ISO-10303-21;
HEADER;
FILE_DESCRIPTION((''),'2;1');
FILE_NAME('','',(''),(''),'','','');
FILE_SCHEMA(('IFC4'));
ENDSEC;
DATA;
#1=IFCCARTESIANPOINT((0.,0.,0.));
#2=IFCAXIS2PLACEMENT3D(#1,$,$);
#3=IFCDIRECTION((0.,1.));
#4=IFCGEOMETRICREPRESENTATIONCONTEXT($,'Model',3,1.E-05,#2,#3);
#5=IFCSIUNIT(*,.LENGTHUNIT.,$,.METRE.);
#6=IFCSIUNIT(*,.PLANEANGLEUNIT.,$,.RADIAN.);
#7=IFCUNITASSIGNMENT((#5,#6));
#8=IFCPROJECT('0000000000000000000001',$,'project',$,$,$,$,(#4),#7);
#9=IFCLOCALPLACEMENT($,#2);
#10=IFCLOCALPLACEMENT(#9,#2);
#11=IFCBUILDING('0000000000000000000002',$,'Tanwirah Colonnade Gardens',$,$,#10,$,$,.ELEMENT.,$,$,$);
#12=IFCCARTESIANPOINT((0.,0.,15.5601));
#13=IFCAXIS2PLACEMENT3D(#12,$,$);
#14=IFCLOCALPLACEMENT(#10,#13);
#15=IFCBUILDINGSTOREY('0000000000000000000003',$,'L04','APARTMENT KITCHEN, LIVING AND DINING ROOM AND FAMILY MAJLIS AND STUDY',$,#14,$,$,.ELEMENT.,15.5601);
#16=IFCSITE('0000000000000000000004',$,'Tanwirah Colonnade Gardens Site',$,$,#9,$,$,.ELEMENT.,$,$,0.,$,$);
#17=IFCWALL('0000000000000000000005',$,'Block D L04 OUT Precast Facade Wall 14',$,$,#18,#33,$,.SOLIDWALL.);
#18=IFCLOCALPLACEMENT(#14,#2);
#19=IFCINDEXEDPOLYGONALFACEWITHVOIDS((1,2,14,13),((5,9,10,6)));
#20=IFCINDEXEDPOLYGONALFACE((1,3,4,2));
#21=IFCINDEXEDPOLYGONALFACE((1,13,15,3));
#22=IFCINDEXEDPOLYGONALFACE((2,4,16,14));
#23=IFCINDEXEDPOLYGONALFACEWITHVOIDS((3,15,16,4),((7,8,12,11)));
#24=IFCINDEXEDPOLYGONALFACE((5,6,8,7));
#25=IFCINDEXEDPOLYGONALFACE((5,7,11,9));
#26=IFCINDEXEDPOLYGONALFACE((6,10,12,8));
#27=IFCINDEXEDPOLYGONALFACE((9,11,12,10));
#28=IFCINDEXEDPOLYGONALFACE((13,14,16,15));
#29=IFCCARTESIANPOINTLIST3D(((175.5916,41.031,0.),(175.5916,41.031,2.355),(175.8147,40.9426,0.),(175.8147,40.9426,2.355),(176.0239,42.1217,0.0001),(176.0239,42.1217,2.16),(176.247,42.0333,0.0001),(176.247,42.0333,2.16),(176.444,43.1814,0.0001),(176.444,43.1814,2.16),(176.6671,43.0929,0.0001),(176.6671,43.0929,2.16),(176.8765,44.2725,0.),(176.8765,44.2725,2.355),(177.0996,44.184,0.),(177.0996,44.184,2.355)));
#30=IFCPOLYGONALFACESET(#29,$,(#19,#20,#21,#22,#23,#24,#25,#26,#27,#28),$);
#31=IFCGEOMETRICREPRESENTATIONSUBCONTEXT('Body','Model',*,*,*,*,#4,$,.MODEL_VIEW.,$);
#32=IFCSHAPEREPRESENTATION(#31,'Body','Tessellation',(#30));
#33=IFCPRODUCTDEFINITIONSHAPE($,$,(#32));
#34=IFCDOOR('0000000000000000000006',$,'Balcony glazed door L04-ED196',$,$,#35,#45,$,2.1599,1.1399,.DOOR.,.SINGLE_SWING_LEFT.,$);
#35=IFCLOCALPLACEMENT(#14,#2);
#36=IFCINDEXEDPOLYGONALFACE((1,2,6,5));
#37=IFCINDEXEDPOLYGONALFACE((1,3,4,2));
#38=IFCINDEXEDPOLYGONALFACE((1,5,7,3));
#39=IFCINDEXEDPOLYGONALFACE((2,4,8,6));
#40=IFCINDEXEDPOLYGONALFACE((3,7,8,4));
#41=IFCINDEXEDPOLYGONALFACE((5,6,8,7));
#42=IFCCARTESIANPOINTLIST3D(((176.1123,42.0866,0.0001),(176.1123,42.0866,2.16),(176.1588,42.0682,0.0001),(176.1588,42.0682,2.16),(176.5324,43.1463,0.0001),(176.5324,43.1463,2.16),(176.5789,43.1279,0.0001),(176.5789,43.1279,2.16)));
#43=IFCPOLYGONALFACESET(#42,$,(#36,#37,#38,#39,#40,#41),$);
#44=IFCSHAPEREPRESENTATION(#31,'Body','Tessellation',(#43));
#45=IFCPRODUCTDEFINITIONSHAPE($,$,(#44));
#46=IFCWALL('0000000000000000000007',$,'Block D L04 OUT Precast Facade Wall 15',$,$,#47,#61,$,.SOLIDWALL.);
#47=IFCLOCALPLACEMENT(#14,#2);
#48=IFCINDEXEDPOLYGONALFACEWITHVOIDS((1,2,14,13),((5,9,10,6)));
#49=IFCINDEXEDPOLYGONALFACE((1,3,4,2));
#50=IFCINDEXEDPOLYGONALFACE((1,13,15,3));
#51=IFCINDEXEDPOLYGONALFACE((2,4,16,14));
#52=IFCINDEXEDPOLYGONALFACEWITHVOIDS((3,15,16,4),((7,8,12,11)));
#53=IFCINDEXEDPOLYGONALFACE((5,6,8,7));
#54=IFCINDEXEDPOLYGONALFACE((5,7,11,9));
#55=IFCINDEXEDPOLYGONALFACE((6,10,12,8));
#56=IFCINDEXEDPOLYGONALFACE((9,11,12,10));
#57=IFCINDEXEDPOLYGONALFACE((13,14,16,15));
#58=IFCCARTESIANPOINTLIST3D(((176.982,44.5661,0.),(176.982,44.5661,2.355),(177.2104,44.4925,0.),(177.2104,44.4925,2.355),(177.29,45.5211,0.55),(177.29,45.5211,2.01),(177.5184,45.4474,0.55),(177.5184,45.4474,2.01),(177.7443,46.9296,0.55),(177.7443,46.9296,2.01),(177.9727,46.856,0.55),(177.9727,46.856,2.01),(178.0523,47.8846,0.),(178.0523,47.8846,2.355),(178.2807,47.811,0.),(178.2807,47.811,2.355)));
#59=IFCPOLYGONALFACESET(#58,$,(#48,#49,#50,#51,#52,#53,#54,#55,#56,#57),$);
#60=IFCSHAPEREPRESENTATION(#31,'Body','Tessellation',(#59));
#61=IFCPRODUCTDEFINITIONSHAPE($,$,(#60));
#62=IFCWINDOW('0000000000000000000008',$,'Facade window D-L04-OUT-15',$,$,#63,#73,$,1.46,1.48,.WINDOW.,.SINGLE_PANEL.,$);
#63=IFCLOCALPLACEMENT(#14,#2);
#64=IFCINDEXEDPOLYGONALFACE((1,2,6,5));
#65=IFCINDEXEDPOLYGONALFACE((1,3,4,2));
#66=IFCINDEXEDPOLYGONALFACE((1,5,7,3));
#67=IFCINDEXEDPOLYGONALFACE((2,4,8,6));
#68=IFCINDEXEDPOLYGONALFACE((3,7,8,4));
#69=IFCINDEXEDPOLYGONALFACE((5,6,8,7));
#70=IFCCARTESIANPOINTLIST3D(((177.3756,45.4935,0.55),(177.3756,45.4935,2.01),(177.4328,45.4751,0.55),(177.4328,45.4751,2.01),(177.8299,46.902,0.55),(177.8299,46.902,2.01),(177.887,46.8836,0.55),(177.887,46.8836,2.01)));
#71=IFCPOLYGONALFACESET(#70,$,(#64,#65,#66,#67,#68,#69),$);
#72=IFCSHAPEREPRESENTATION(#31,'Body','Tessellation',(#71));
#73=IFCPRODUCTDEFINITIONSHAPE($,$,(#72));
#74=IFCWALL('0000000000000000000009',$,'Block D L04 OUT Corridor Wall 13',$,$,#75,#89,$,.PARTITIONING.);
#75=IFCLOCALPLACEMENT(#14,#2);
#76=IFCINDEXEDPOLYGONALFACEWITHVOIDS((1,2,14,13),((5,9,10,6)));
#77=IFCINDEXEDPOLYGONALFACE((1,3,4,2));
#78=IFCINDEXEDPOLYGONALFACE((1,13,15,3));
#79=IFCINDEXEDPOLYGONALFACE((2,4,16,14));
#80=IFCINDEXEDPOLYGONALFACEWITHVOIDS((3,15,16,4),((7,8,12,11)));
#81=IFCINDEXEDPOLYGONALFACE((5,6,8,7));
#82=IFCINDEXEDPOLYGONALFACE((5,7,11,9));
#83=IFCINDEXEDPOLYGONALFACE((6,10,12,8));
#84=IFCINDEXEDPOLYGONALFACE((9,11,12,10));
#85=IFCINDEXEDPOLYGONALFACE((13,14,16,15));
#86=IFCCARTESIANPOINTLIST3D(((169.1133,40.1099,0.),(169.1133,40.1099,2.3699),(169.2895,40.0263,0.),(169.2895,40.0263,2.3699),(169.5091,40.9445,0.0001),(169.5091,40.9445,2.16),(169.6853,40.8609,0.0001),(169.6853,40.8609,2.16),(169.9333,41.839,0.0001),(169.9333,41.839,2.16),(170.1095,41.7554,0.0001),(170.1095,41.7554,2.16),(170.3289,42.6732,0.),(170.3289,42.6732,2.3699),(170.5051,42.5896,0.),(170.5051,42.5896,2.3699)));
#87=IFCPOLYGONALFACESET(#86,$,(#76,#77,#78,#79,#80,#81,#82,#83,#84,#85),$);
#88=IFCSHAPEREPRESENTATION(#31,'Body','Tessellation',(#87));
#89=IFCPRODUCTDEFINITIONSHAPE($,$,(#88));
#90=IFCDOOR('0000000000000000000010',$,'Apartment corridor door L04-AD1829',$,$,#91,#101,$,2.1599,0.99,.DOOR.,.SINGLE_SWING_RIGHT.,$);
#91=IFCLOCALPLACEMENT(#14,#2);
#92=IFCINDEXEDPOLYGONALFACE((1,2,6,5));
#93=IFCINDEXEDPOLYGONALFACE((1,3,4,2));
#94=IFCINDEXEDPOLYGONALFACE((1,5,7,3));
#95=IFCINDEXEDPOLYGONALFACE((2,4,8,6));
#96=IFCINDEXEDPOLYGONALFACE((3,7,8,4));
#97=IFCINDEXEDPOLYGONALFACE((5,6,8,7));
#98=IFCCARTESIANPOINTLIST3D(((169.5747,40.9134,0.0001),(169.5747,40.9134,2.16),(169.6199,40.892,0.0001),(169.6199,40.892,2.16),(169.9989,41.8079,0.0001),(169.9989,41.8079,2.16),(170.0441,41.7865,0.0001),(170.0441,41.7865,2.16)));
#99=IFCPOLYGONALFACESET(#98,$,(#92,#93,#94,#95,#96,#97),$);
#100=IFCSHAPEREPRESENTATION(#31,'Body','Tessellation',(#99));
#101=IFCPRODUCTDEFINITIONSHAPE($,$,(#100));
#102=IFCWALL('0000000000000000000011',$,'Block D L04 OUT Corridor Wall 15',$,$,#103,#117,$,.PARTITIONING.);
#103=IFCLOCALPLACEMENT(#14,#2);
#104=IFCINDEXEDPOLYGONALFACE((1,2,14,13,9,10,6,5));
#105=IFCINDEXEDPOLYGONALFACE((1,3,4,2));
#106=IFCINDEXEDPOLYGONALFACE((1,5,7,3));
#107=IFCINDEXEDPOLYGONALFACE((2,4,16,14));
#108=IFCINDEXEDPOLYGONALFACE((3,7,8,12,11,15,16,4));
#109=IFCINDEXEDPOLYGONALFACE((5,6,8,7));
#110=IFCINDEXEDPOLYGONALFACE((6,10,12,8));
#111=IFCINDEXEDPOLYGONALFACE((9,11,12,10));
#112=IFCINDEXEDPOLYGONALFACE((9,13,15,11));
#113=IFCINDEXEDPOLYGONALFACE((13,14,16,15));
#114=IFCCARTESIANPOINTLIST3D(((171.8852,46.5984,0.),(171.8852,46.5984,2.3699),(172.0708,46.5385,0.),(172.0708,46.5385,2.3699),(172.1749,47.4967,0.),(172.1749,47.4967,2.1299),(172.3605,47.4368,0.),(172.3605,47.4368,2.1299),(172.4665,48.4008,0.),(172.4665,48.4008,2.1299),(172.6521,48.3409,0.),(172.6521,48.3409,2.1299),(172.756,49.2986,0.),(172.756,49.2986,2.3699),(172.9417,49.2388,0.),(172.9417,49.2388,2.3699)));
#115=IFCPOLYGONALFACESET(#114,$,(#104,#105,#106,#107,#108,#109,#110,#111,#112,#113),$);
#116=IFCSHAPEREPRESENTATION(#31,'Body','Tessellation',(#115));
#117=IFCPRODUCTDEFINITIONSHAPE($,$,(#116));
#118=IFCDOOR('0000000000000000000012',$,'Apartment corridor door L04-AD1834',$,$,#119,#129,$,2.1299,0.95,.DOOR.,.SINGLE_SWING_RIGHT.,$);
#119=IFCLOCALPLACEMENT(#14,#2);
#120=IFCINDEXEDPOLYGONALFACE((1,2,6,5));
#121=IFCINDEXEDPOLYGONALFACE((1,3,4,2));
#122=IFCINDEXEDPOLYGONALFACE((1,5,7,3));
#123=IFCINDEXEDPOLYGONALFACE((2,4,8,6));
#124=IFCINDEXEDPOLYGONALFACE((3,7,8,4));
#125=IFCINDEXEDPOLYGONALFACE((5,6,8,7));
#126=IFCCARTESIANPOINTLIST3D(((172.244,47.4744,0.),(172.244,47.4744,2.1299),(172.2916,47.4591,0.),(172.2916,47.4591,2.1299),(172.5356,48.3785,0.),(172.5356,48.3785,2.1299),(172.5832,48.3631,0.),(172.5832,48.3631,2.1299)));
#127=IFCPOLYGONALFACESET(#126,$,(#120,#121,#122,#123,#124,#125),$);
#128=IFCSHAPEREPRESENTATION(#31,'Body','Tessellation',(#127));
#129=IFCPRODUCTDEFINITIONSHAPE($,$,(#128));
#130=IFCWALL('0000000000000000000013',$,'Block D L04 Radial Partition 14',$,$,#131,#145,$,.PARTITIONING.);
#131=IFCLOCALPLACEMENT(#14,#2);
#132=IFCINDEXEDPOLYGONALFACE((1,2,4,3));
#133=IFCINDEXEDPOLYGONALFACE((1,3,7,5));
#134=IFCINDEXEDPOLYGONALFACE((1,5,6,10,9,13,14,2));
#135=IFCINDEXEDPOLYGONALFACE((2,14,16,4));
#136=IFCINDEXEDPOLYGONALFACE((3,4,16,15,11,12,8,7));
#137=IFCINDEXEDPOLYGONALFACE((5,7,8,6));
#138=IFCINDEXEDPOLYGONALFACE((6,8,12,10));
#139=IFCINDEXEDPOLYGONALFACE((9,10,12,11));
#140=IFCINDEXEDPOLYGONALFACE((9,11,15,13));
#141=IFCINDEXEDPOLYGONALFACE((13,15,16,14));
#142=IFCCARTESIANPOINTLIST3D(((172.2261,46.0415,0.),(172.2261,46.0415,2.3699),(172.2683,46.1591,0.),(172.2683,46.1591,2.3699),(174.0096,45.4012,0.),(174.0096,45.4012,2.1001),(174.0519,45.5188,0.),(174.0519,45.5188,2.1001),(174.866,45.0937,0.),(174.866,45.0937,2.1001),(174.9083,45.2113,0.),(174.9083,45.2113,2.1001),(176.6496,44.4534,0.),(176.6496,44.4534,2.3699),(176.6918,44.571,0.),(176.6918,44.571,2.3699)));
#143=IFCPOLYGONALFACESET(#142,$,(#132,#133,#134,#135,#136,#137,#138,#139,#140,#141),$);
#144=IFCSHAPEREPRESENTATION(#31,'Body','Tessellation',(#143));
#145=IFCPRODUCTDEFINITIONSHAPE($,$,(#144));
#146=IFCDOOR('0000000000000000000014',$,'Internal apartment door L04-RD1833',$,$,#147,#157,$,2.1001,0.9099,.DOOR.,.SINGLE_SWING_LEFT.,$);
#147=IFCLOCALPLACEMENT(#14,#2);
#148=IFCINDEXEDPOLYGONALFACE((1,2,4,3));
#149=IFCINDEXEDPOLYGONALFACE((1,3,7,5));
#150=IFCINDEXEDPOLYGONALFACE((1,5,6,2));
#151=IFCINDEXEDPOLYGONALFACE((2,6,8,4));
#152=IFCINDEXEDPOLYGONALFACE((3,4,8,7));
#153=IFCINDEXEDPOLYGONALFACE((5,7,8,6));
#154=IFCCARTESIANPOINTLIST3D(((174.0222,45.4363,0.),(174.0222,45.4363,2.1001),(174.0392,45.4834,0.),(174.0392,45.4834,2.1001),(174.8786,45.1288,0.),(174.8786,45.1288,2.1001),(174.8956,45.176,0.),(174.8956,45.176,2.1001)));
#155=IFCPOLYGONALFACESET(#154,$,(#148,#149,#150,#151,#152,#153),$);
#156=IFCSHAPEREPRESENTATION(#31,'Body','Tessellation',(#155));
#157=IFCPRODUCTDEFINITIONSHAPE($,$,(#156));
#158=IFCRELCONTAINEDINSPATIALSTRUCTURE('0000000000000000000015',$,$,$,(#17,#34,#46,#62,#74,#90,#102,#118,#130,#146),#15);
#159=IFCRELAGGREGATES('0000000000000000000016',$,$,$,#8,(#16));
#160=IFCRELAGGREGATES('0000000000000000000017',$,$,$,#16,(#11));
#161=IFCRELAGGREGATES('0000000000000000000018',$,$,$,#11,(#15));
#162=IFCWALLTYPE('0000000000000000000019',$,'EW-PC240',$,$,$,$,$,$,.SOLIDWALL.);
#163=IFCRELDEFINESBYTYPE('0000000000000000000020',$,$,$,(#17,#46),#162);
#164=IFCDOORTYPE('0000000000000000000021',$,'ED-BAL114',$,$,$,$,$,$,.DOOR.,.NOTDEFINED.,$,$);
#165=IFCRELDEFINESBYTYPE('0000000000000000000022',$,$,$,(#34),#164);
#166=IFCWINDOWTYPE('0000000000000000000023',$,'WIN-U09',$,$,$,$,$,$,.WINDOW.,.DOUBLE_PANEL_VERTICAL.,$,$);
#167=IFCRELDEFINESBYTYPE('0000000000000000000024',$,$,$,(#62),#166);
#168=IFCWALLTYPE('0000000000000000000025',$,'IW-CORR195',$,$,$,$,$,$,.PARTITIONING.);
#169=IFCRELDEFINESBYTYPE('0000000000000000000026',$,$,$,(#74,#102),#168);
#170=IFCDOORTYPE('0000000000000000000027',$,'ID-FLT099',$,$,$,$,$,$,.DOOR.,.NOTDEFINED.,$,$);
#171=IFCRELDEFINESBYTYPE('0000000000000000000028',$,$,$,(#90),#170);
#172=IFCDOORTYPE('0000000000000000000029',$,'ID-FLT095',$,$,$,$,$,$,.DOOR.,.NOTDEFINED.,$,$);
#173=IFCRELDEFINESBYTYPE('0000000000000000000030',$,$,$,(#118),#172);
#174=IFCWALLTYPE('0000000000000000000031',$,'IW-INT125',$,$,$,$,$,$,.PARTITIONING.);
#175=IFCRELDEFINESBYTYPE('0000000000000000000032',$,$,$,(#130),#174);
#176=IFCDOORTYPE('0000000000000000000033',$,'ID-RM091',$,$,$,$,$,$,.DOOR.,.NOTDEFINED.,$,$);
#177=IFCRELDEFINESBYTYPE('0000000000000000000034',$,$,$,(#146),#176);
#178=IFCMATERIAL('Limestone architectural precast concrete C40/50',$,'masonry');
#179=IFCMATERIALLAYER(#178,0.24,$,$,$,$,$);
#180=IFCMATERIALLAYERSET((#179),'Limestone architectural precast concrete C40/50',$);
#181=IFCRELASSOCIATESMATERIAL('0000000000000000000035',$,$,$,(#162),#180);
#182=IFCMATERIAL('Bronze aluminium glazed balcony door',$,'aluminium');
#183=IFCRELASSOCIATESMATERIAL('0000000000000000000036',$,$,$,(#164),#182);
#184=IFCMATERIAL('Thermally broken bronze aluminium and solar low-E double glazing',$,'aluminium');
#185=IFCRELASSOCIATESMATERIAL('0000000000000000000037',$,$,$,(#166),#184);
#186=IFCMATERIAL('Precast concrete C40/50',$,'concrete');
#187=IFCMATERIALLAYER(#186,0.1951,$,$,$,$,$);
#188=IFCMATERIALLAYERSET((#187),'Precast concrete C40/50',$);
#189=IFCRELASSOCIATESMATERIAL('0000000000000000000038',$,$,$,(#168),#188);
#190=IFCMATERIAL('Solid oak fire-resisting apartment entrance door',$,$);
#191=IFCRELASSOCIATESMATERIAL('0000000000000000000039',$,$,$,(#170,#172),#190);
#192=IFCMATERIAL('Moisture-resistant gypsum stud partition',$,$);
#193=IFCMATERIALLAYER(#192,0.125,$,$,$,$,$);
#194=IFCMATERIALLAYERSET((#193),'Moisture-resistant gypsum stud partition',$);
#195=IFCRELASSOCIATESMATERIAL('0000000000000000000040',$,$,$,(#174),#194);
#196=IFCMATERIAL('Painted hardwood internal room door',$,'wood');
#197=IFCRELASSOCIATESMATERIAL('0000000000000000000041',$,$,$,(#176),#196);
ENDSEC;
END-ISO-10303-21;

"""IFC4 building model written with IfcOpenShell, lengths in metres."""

from ifc_helpers import new_model, si_unit, direction, frame, frame_2d, origin, place, context, subcontext, project, spatial, rectangle, extrude, material, layer, layer_set, type_object, element, fill, save


model = new_model("IFC4")

# Units and contexts
model_context = context("Model", 3, precision=1e-05, world=origin(), true_north=direction((0.0, 1.0)))
body_context = subcontext(model_context, "Body", "Model", "MODEL_VIEW")
ifc_project = project(units=[si_unit("LENGTHUNIT", "METRE"), si_unit("PLANEANGLEUNIT", "RADIAN")], contexts=[model_context])

# Site, building, storey
site_placement = place(None, origin())
site = spatial("IfcSite", under=ifc_project, at=site_placement, Name="Tanwirah Colonnade Gardens Site", CompositionType="ELEMENT", RefElevation=0.0)
building_placement = place(site_placement, origin())
building = spatial("IfcBuilding", under=site, at=building_placement, Name="Tanwirah Colonnade Gardens", CompositionType="ELEMENT")
storey_placement = place(building_placement, frame((0.0, 0.0, 15.5601)))
storey = spatial("IfcBuildingStorey", under=building, at=storey_placement, Name="L04", Description="APARTMENT KITCHEN, LIVING AND DINING ROOM AND FAMILY MAJLIS AND STUDY", CompositionType="ELEMENT", Elevation=15.5601)

# Shared definitions
ifc_material_1 = material(Name="Precast concrete C40/50", Category="concrete")

# Wall, opening, door
ifc_material_2 = material(Name="Limestone architectural precast concrete C40/50", Category="masonry")
ifc_layer_1 = layer(ifc_material_2, 0.24)
ifc_layer_set_1 = layer_set([ifc_layer_1], Name="Limestone architectural precast concrete C40/50")
wall_type_1 = type_object("IfcWallType", Name="EW-PC240", PredefinedType="SOLIDWALL", material=ifc_layer_set_1)
wall_1_placement = place(storey_placement, frame((175.7031, 40.9868, 0.0), z_axis=(0.0, 0.0, 1.0), x_axis=(0.368504, 0.929626, 0.0)))
wall_1 = element("IfcWall", 1, at=wall_1_placement, inside=storey, type_object=wall_type_1, Name="Block D L04 OUT Precast Facade Wall 14", PredefinedType="SOLIDWALL", context=body_context, shape_type="SweptSolid", body=[
    extrude(rectangle(XDim=3.4868, YDim=0.24, at=frame_2d((1.7434, 0.0))), origin(), (0.0, 0.0, 1.0), 2.355),
])
opening_1_placement = place(wall_1_placement, frame((1.1733, 0.0, 0.0)))
opening_1 = element("IfcOpeningElement", 2, at=opening_1_placement, cuts=wall_1, PredefinedType="OPENING", context=body_context, shape_type="SweptSolid", body=[
    extrude(rectangle(XDim=1.1399, YDim=2.1599, at=frame_2d((0.5698, 1.0801))), frame((0.0, 0.1299, 0.0), z_axis=(0.0, -1.0, 0.0), x_axis=(1.0, 0.0, 0.0)), (0.0, 0.0, 1.0), 0.26),
])
ifc_material_3 = material(Name="Bronze aluminium glazed balcony door", Category="aluminium")
door_type_1 = type_object("IfcDoorType", Name="ED-BAL114", OperationType="NOTDEFINED", PredefinedType="DOOR", material=ifc_material_3)
door_1_placement = place(opening_1_placement, origin())
door_1 = element("IfcDoor", 3, at=door_1_placement, inside=storey, type_object=door_type_1, Name="Balcony glazed door L04-ED196", OperationType="SINGLE_SWING_LEFT", OverallHeight=2.1599, OverallWidth=1.1399, PredefinedType="DOOR", context=body_context, shape_type="SweptSolid", body=[
    extrude(rectangle(XDim=1.1399, YDim=2.1599, at=frame_2d((0.5698, 1.0801))), frame((0.0, 0.0249, 0.0), z_axis=(0.0, -1.0, 0.0), x_axis=(1.0, 0.0, 0.0)), (0.0, 0.0, 1.0), 0.05),
])
fill(opening_1, door_1)

# Wall, opening, window
wall_2_placement = place(storey_placement, frame((177.0962, 44.5293, 0.0), z_axis=(0.0, 0.0, 1.0), x_axis=(0.30695, 0.951726, 0.0)))
wall_2 = element("IfcWall", 4, at=wall_2_placement, inside=storey, type_object=wall_type_1, Name="Block D L04 OUT Precast Facade Wall 15", PredefinedType="SOLIDWALL", context=body_context, shape_type="SweptSolid", body=[
    extrude(rectangle(XDim=3.4868, YDim=0.24, at=frame_2d((1.7434, 0.0))), origin(), (0.0, 0.0, 1.0), 2.355),
])
opening_2_placement = place(wall_2_placement, frame((1.0034, 0.0, 0.55)))
opening_2 = element("IfcOpeningElement", 5, at=opening_2_placement, cuts=wall_2, PredefinedType="OPENING", context=body_context, shape_type="SweptSolid", body=[
    extrude(rectangle(XDim=1.48, YDim=1.46, at=frame_2d((0.74, 0.73))), frame((0.0, 0.1299, 0.0), z_axis=(0.0, -1.0, 0.0), x_axis=(1.0, 0.0, 0.0)), (0.0, 0.0, 1.0), 0.26),
])
ifc_material_4 = material(Name="Thermally broken bronze aluminium and solar low-E double glazing", Category="aluminium")
window_type = type_object("IfcWindowType", Name="WIN-U09", PartitioningType="DOUBLE_PANEL_VERTICAL", PredefinedType="WINDOW", material=ifc_material_4)
window_placement = place(opening_2_placement, origin())
window = element("IfcWindow", 6, at=window_placement, inside=storey, type_object=window_type, Name="Facade window D-L04-OUT-15", OverallHeight=1.46, OverallWidth=1.48, PartitioningType="SINGLE_PANEL", PredefinedType="WINDOW", context=body_context, shape_type="SweptSolid", body=[
    extrude(rectangle(XDim=1.48, YDim=1.46, at=frame_2d((0.74, 0.73))), frame((0.0, 0.03, 0.0), z_axis=(0.0, -1.0, 0.0), x_axis=(1.0, 0.0, 0.0)), (0.0, 0.0, 1.0), 0.0601),
])
fill(opening_2, window)

# Walls, openings, doors
ifc_layer_2 = layer(ifc_material_1, 0.1951)
ifc_layer_set_2 = layer_set([ifc_layer_2], Name="Precast concrete C40/50")
wall_type_2 = type_object("IfcWallType", Name="IW-CORR195", PredefinedType="PARTITIONING", material=ifc_layer_set_2)
wall_3_placement = place(storey_placement, frame((169.2014, 40.0681, 0.0), z_axis=(0.0, 0.0, 1.0), x_axis=(0.428493, 0.903545, 0.0)))
wall_3 = element("IfcWall", 7, at=wall_3_placement, inside=storey, type_object=wall_type_2, Name="Block D L04 OUT Corridor Wall 13", PredefinedType="PARTITIONING", context=body_context, shape_type="SweptSolid", body=[
    extrude(rectangle(XDim=2.8369, YDim=0.1951, at=frame_2d((1.4185, 0.0))), origin(), (0.0, 0.0, 1.0), 2.3699),
])
opening_3_placement = place(wall_3_placement, frame((0.9236, 0.0, 0.0)))
opening_3 = element("IfcOpeningElement", 8, at=opening_3_placement, cuts=wall_3, PredefinedType="OPENING", context=body_context, shape_type="SweptSolid", body=[
    extrude(rectangle(XDim=0.99, YDim=2.1599, at=frame_2d((0.4951, 1.0801))), frame((0.0, 0.1074, 0.0), z_axis=(0.0, -1.0, 0.0), x_axis=(1.0, 0.0, 0.0)), (0.0, 0.0, 1.0), 0.2151),
])
ifc_material_5 = material(Name="Solid oak fire-resisting apartment entrance door")
door_type_2 = type_object("IfcDoorType", Name="ID-FLT099", OperationType="NOTDEFINED", PredefinedType="DOOR", material=ifc_material_5)
door_2_placement = place(opening_3_placement, origin())
door_2 = element("IfcDoor", 9, at=door_2_placement, inside=storey, type_object=door_type_2, Name="Apartment corridor door L04-AD1829", OperationType="SINGLE_SWING_RIGHT", OverallHeight=2.1599, OverallWidth=0.99, PredefinedType="DOOR", context=body_context, shape_type="SweptSolid", body=[
    extrude(rectangle(XDim=0.99, YDim=2.1599, at=frame_2d((0.4951, 1.0801))), frame((0.0, 0.0249, 0.0), z_axis=(0.0, -1.0, 0.0), x_axis=(1.0, 0.0, 0.0)), (0.0, 0.0, 1.0), 0.05),
])
fill(opening_3, door_2)
wall_4_placement = place(storey_placement, frame((171.978, 46.5686, 0.0), z_axis=(0.0, 0.0, 1.0), x_axis=(0.306945, 0.951727, 0.0)))
wall_4 = element("IfcWall", 10, at=wall_4_placement, inside=storey, type_object=wall_type_2, Name="Block D L04 OUT Corridor Wall 15", PredefinedType="PARTITIONING", context=body_context, shape_type="SweptSolid", body=[
    extrude(rectangle(XDim=2.8372, YDim=0.1951, at=frame_2d((1.4185, 0.0))), origin(), (0.0, 0.0, 1.0), 2.3699),
])
opening_4_placement = place(wall_4_placement, frame((0.9436, 0.0, 0.0)))
opening_4 = element("IfcOpeningElement", 11, at=opening_4_placement, cuts=wall_4, PredefinedType="OPENING", context=body_context, shape_type="SweptSolid", body=[
    extrude(rectangle(XDim=0.95, YDim=2.1299, at=frame_2d((0.4751, 1.0649))), frame((0.0, 0.1074, 0.0), z_axis=(0.0, -1.0, 0.0), x_axis=(1.0, 0.0, 0.0)), (0.0, 0.0, 1.0), 0.2151),
])
door_type_3 = type_object("IfcDoorType", Name="ID-FLT095", OperationType="NOTDEFINED", PredefinedType="DOOR", material=ifc_material_5)
door_3_placement = place(opening_4_placement, origin())
door_3 = element("IfcDoor", 12, at=door_3_placement, inside=storey, type_object=door_type_3, Name="Apartment corridor door L04-AD1834", OperationType="SINGLE_SWING_RIGHT", OverallHeight=2.1299, OverallWidth=0.95, PredefinedType="DOOR", context=body_context, shape_type="SweptSolid", body=[
    extrude(rectangle(XDim=0.95, YDim=2.1299, at=frame_2d((0.4751, 1.0649))), frame((0.0, 0.0249, 0.0), z_axis=(0.0, -1.0, 0.0), x_axis=(1.0, 0.0, 0.0)), (0.0, 0.0, 1.0), 0.05),
])
fill(opening_4, door_3)
ifc_material_6 = material(Name="Moisture-resistant gypsum stud partition")
ifc_layer_3 = layer(ifc_material_6, 0.125)
ifc_layer_set_3 = layer_set([ifc_layer_3], Name="Moisture-resistant gypsum stud partition")
wall_type_3 = type_object("IfcWallType", Name="IW-INT125", PredefinedType="PARTITIONING", material=ifc_layer_set_3)
wall_5_placement = place(storey_placement, frame((172.2471, 46.1003, 0.0), z_axis=(0.0, 0.0, 1.0), x_axis=(0.941182, -0.337899, 0.0)))
wall_5 = element("IfcWall", 13, at=wall_5_placement, inside=storey, type_object=wall_type_3, Name="Block D L04 Radial Partition 14", PredefinedType="PARTITIONING", context=body_context, shape_type="SweptSolid", body=[
    extrude(rectangle(XDim=4.7, YDim=0.125, at=frame_2d((2.3501, 0.0))), origin(), (0.0, 0.0, 1.0), 2.3699),
])
opening_5_placement = place(wall_5_placement, frame((1.895, 0.0, 0.0)))
opening_5 = element("IfcOpeningElement", 14, at=opening_5_placement, cuts=wall_5, PredefinedType="OPENING", context=body_context, shape_type="SweptSolid", body=[
    extrude(rectangle(XDim=0.9099, YDim=2.1001, at=frame_2d((0.4551, 1.05))), frame((0.0, 0.0725, 0.0), z_axis=(0.0, -1.0, 0.0), x_axis=(1.0, 0.0, 0.0)), (0.0, 0.0, 1.0), 0.145),
])
ifc_material_7 = material(Name="Painted hardwood internal room door", Category="wood")
door_type_4 = type_object("IfcDoorType", Name="ID-RM091", OperationType="NOTDEFINED", PredefinedType="DOOR", material=ifc_material_7)
door_4_placement = place(opening_5_placement, origin())
door_4 = element("IfcDoor", 15, at=door_4_placement, inside=storey, type_object=door_type_4, Name="Internal apartment door L04-RD1833", OperationType="SINGLE_SWING_LEFT", OverallHeight=2.1001, OverallWidth=0.9099, PredefinedType="DOOR", context=body_context, shape_type="SweptSolid", body=[
    extrude(rectangle(XDim=0.9099, YDim=2.1001, at=frame_2d((0.4551, 1.05))), frame((0.0, 0.0249, 0.0), z_axis=(0.0, -1.0, 0.0), x_axis=(1.0, 0.0, 0.0)), (0.0, 0.0, 1.0), 0.05),
])
fill(opening_5, door_4)

save(model, "model.ifc")
